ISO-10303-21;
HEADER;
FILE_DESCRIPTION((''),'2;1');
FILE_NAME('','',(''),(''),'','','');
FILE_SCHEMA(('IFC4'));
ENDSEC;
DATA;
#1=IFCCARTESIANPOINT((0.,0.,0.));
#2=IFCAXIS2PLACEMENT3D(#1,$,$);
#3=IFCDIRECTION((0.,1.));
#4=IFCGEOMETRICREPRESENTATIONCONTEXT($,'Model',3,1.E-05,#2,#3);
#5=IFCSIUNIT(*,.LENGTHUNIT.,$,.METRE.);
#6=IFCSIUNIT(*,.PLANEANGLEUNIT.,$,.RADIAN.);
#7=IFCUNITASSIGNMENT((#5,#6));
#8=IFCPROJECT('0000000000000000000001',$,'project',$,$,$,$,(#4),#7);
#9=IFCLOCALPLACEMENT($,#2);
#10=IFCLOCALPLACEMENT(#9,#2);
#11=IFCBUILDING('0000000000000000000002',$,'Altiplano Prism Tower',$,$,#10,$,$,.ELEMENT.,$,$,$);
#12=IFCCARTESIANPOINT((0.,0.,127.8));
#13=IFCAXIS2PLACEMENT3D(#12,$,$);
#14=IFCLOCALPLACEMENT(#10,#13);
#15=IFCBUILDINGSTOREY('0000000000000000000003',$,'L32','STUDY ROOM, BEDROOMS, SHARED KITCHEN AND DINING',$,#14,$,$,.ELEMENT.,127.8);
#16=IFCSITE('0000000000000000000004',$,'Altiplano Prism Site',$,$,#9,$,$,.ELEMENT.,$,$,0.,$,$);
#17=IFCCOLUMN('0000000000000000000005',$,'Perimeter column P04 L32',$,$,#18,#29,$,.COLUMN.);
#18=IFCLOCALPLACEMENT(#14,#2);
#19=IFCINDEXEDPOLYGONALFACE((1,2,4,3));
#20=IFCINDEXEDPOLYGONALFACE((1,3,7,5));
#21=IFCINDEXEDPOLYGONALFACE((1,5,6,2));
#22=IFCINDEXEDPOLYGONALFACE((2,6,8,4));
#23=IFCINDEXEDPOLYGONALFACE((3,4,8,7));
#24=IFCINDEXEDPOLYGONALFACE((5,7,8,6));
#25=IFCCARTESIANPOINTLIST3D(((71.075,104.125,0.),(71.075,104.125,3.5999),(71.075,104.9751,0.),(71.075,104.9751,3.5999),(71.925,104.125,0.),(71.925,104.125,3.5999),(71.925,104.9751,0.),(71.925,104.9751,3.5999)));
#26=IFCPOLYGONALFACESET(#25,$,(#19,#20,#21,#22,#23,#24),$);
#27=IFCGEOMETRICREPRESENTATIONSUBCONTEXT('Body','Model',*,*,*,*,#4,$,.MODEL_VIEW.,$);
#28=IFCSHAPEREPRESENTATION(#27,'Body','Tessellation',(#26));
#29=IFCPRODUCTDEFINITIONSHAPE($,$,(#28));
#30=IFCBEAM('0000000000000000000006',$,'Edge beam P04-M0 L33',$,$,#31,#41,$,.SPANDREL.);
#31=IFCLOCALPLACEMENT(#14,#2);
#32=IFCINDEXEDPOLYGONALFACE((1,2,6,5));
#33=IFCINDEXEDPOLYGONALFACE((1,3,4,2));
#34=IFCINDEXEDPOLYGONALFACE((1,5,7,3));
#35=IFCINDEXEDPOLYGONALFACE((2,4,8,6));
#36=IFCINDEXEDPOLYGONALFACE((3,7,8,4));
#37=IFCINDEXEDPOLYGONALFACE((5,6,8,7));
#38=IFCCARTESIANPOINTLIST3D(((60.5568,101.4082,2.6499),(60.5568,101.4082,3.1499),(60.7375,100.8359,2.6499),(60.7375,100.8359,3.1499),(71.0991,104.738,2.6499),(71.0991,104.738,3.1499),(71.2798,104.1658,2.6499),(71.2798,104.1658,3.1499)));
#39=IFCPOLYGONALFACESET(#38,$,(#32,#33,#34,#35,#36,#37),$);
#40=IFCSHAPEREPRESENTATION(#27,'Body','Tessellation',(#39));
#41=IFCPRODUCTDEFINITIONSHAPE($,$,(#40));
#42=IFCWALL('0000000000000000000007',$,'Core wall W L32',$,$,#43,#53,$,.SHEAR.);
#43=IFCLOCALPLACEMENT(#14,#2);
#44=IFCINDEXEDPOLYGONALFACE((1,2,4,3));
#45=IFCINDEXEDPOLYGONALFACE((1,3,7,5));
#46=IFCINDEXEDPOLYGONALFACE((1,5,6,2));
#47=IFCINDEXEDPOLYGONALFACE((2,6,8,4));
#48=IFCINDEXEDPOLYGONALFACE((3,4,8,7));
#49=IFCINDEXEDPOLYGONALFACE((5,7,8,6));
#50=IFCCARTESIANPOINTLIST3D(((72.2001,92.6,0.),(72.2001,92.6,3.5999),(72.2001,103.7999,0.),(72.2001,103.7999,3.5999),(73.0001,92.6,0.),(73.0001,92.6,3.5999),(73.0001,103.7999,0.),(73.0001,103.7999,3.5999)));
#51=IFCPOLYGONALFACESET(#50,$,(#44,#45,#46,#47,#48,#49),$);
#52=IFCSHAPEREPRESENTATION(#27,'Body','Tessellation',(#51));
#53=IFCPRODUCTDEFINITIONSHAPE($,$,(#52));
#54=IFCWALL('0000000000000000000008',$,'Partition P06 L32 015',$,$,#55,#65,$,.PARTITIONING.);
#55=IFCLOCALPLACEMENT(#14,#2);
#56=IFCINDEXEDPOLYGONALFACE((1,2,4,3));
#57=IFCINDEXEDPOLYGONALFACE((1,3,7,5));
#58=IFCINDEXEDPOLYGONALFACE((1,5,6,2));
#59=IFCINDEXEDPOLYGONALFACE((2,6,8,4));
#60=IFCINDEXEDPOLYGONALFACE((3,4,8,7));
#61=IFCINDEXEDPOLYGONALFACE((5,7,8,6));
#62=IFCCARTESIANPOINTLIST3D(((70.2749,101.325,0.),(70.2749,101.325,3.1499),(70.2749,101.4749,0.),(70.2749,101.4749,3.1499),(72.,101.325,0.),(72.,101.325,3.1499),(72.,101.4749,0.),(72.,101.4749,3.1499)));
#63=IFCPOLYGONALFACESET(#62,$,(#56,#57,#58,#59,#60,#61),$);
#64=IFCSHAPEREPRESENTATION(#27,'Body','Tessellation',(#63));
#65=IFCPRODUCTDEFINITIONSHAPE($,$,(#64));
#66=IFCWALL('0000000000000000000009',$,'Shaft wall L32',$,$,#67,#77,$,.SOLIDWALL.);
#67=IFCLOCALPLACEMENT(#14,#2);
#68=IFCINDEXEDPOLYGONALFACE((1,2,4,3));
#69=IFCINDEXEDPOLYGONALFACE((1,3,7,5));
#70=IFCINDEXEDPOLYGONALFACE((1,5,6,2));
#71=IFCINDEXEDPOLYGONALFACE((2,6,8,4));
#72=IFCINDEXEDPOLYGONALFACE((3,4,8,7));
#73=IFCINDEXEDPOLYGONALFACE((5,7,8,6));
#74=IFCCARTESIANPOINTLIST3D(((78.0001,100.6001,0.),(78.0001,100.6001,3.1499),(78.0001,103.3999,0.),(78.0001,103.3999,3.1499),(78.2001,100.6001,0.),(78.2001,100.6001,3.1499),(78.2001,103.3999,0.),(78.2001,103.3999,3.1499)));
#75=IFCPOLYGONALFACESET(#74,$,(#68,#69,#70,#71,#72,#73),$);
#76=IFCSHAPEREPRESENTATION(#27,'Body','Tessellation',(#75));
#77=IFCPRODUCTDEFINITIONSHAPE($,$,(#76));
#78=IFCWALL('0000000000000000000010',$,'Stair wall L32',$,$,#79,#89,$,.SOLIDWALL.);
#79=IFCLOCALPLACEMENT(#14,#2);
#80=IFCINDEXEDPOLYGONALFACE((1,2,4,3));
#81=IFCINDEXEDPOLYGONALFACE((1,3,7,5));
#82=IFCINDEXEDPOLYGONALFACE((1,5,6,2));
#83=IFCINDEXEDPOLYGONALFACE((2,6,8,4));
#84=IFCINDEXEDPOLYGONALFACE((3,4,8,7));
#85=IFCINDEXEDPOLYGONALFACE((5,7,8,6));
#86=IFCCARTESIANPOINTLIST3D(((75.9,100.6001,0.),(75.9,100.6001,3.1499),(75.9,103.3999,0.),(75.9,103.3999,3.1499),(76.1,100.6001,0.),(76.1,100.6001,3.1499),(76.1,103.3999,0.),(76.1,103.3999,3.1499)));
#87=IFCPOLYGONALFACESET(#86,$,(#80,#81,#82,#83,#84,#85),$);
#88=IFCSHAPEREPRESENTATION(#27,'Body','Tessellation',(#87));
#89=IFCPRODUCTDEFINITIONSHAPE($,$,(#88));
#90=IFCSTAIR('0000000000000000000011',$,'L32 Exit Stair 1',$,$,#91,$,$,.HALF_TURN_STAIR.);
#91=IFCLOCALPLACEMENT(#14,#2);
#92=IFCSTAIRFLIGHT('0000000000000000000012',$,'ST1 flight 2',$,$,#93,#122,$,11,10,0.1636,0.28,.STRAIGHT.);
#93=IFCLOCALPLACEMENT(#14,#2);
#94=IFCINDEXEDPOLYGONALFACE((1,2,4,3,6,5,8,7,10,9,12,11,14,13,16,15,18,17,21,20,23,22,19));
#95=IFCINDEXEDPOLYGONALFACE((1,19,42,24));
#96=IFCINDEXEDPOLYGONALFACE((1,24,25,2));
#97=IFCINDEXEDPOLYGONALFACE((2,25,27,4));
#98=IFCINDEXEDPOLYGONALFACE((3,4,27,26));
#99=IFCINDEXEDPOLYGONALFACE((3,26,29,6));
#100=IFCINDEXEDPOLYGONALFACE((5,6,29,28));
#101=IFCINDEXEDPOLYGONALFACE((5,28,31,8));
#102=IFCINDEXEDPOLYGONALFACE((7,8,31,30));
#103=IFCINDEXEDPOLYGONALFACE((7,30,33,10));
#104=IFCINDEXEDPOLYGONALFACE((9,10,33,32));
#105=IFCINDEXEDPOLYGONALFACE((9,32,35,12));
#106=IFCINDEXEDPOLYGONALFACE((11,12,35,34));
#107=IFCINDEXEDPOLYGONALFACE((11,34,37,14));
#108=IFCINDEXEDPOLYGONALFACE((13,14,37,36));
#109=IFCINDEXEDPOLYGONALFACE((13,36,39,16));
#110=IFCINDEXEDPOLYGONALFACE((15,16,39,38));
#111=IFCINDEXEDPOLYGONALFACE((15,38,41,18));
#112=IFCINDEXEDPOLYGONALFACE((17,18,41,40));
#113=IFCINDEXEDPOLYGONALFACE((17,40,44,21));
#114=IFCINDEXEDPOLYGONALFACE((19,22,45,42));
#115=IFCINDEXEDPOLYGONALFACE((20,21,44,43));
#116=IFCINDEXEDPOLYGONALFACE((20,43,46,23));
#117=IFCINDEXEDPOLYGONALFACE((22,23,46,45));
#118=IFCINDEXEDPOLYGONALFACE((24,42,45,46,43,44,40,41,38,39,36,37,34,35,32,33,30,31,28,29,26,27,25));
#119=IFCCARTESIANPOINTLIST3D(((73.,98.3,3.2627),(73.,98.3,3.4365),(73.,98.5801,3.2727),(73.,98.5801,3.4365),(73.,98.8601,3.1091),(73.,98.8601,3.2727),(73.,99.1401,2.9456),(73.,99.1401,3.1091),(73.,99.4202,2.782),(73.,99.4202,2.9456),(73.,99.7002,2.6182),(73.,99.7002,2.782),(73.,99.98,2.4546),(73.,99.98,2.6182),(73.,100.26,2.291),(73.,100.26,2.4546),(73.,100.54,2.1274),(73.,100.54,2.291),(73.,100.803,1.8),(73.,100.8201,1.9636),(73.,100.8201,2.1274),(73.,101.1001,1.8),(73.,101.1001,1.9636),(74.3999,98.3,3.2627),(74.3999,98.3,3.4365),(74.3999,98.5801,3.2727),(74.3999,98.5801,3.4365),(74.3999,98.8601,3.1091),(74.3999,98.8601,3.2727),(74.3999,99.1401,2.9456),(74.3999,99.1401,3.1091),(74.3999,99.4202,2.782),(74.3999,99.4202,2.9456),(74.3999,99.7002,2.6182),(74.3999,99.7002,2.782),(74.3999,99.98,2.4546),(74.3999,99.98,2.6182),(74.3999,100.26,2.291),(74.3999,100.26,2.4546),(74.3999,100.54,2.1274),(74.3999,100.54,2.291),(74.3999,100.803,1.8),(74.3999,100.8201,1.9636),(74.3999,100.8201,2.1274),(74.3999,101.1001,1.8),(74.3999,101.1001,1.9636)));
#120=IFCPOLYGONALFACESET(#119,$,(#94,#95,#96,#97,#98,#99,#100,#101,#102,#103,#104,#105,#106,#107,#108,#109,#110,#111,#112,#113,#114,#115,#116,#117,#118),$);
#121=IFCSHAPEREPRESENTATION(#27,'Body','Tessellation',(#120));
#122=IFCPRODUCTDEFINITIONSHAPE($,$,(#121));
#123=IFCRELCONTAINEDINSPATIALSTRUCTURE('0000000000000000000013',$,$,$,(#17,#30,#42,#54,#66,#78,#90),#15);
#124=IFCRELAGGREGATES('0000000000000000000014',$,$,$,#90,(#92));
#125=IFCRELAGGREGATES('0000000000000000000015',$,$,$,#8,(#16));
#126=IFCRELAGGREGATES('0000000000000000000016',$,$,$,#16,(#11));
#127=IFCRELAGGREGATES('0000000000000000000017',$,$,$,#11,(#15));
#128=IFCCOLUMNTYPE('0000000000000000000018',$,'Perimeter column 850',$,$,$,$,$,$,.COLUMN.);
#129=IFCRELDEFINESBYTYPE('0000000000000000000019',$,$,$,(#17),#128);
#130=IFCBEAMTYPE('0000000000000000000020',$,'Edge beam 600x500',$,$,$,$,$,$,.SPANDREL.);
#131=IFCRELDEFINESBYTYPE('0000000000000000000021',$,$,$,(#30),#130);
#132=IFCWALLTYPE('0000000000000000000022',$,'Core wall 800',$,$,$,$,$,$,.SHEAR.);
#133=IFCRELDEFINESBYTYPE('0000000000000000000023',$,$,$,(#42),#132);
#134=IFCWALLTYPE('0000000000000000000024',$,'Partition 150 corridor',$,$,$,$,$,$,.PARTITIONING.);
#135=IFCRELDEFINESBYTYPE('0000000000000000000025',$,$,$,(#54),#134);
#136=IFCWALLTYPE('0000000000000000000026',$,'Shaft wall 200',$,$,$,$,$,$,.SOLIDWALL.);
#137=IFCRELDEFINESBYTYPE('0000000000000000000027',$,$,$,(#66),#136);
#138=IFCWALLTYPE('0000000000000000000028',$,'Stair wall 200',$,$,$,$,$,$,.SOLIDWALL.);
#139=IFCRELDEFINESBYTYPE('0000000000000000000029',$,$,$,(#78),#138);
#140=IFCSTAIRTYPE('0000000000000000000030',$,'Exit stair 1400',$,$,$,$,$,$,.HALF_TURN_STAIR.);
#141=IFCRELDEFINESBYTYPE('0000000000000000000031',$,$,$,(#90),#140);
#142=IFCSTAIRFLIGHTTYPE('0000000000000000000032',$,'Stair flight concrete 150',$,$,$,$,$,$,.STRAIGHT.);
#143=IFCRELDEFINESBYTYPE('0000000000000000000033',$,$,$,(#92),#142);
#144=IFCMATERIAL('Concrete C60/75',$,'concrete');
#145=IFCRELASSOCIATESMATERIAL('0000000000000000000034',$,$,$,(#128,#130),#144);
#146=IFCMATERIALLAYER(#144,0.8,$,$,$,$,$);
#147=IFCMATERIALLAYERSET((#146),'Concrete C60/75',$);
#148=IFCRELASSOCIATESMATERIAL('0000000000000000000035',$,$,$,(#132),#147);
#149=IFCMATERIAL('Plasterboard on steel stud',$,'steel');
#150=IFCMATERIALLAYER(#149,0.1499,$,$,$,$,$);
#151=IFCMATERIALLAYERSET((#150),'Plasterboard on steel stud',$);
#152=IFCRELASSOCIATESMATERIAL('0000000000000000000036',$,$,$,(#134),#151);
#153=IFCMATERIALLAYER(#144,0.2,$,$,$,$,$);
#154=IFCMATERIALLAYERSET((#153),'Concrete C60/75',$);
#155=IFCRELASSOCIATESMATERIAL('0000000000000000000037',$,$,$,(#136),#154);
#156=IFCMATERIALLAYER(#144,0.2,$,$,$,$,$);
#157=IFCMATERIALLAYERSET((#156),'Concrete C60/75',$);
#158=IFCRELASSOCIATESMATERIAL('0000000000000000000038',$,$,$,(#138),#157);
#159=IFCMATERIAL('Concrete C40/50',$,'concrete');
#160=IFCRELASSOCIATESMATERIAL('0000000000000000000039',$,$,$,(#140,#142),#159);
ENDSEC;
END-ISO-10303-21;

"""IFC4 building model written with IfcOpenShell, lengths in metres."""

from ifc_helpers import new_model, si_unit, direction, frame, frame_2d, origin, origin_2d, place, context, subcontext, project, spatial, polyline, rectangle, outline, extrude, material, layer, layer_set, material_profile, profile_set, type_object, element, aggregate, save


model = new_model("IFC4")

# Units and contexts
model_context = context("Model", 3, precision=1e-05, world=origin(), true_north=direction((0.0, 1.0)))
body_context = subcontext(model_context, "Body", "Model", "MODEL_VIEW")
ifc_project = project(units=[si_unit("LENGTHUNIT", "METRE"), si_unit("PLANEANGLEUNIT", "RADIAN")], contexts=[model_context])

# Site, building, storey
site_placement = place(None, origin())
site = spatial("IfcSite", under=ifc_project, at=site_placement, Name="Altiplano Prism Site", CompositionType="ELEMENT", RefElevation=0.0)
building_placement = place(site_placement, origin())
building = spatial("IfcBuilding", under=site, at=building_placement, Name="Altiplano Prism Tower", CompositionType="ELEMENT")
storey_placement = place(building_placement, frame((0.0, 0.0, 127.8)))
storey = spatial("IfcBuildingStorey", under=building, at=storey_placement, Name="L32", Description="STUDY ROOM, BEDROOMS, SHARED KITCHEN AND DINING", CompositionType="ELEMENT", Elevation=127.8)

# Column
ifc_material_1 = material(Name="Concrete C60/75", Category="concrete")
ifc_material_profile_1 = material_profile(ifc_material_1, rectangle(XDim=0.8501, YDim=0.8501, at=origin_2d()), Name="Perimeter column 850")
ifc_profile_set_1 = profile_set([ifc_material_profile_1], Name="Concrete C60/75")
column_type = type_object("IfcColumnType", Name="Perimeter column 850", PredefinedType="COLUMN", material=ifc_profile_set_1)
column_placement = place(storey_placement, frame((71.5, 104.55, 0.0), z_axis=(0.0, 0.0, 1.0), x_axis=(1.0, 0.0, 0.0)))
element("IfcColumn", 1, at=column_placement, inside=storey, type_object=column_type, Name="Perimeter column P04 L32", PredefinedType="COLUMN", context=body_context, shape_type="SweptSolid", body=[
    extrude(rectangle(XDim=0.8501, YDim=0.8501, at=origin_2d()), origin(), (0.0, 0.0, 1.0), 3.5999),
])

# Beam
ifc_material_profile_2 = material_profile(ifc_material_1, rectangle(XDim=0.6001, YDim=0.5, at=origin_2d()), Name="Edge beam 600x500")
ifc_profile_set_2 = profile_set([ifc_material_profile_2], Name="Concrete C60/75")
beam_type = type_object("IfcBeamType", Name="Edge beam 600x500", PredefinedType="SPANDREL", material=ifc_profile_set_2)
beam_placement = place(storey_placement, frame((71.1895, 104.4519, 2.8999), z_axis=(-0.953564, -0.301189, 0.0), x_axis=(0.301189, -0.953564, 0.0)))
element("IfcBeam", 2, at=beam_placement, inside=storey, type_object=beam_type, Name="Edge beam P04-M0 L33", PredefinedType="SPANDREL", context=body_context, shape_type="SweptSolid", body=[
    extrude(rectangle(XDim=0.6001, YDim=0.5, at=origin_2d()), origin(), (0.0, 0.0, 1.0), 11.0557),
])

# Walls
ifc_layer_1 = layer(ifc_material_1, 0.8)
ifc_layer_set_1 = layer_set([ifc_layer_1], Name="Concrete C60/75")
wall_type_1 = type_object("IfcWallType", Name="Core wall 800", PredefinedType="SHEAR", material=ifc_layer_set_1)
wall_1_placement = place(storey_placement, frame((72.6001, 103.8, 0.0), z_axis=(0.0, 0.0, 1.0), x_axis=(0.0, -1.0, 0.0)))
element("IfcWall", 3, at=wall_1_placement, inside=storey, type_object=wall_type_1, Name="Core wall W L32", PredefinedType="SHEAR", context=body_context, shape_type="SweptSolid", body=[
    extrude(rectangle(XDim=11.2, YDim=0.8, at=frame_2d((5.6001, 0.0))), origin(), (0.0, 0.0, 1.0), 3.5999),
])
ifc_material_2 = material(Name="Plasterboard on steel stud", Category="steel")
ifc_layer_2 = layer(ifc_material_2, 0.1499)
ifc_layer_set_2 = layer_set([ifc_layer_2], Name="Plasterboard on steel stud")
wall_type_2 = type_object("IfcWallType", Name="Partition 150 corridor", PredefinedType="PARTITIONING", material=ifc_layer_set_2)
wall_2_placement = place(storey_placement, frame((72.0, 101.3999, 0.0), z_axis=(0.0, 0.0, 1.0), x_axis=(-1.0, 0.0, 0.0)))
element("IfcWall", 4, at=wall_2_placement, inside=storey, type_object=wall_type_2, Name="Partition P06 L32 015", PredefinedType="PARTITIONING", context=body_context, shape_type="SweptSolid", body=[
    extrude(rectangle(XDim=1.7251, YDim=0.1499, at=frame_2d((0.8625, 0.0))), origin(), (0.0, 0.0, 1.0), 3.1499),
])
ifc_layer_3 = layer(ifc_material_1, 0.2)
ifc_layer_set_3 = layer_set([ifc_layer_3], Name="Concrete C60/75")
wall_type_3 = type_object("IfcWallType", Name="Shaft wall 200", PredefinedType="SOLIDWALL", material=ifc_layer_set_3)
wall_3_placement = place(storey_placement, frame((78.1001, 100.6001, 0.0), z_axis=(0.0, 0.0, 1.0), x_axis=(0.0, 1.0, 0.0)))
element("IfcWall", 5, at=wall_3_placement, inside=storey, type_object=wall_type_3, Name="Shaft wall L32", PredefinedType="SOLIDWALL", context=body_context, shape_type="SweptSolid", body=[
    extrude(rectangle(XDim=2.7998, YDim=0.2, at=frame_2d((1.3999, 0.0))), origin(), (0.0, 0.0, 1.0), 3.1499),
])
ifc_layer_4 = layer(ifc_material_1, 0.2)
ifc_layer_set_4 = layer_set([ifc_layer_4], Name="Concrete C60/75")
wall_type_4 = type_object("IfcWallType", Name="Stair wall 200", PredefinedType="SOLIDWALL", material=ifc_layer_set_4)
wall_4_placement = place(storey_placement, frame((76.0, 100.6001, 0.0), z_axis=(0.0, 0.0, 1.0), x_axis=(0.0, 1.0, 0.0)))
element("IfcWall", 6, at=wall_4_placement, inside=storey, type_object=wall_type_4, Name="Stair wall L32", PredefinedType="SOLIDWALL", context=body_context, shape_type="SweptSolid", body=[
    extrude(rectangle(XDim=2.7998, YDim=0.2, at=frame_2d((1.3999, 0.0))), origin(), (0.0, 0.0, 1.0), 3.1499),
])

# Stair, stair flight
ifc_material_3 = material(Name="Concrete C40/50", Category="concrete")
stair_type = type_object("IfcStairType", Name="Exit stair 1400", PredefinedType="HALF_TURN_STAIR", material=ifc_material_3)
stair_placement = place(storey_placement, origin())
stair = element("IfcStair", 7, at=stair_placement, inside=storey, type_object=stair_type, Name="L32 Exit Stair 1", PredefinedType="HALF_TURN_STAIR")
stair_flight_type = type_object("IfcStairFlightType", Name="Stair flight concrete 150", PredefinedType="STRAIGHT", material=ifc_material_3)
stair_flight_placement = place(storey_placement, frame((73.7, 101.1001, 1.8), z_axis=(0.0, 0.0, 1.0), x_axis=(0.0, -1.0, 0.0)))
stair_flight = element("IfcStairFlight", 8, at=stair_flight_placement, type_object=stair_flight_type, Name="ST1 flight 2", NumberOfRisers=11, NumberOfTreads=10, PredefinedType="STRAIGHT", RiserHeight=0.1636, TreadLength=0.28, context=body_context, shape_type="SweptSolid", body=[
    extrude(outline(polyline([(0.0, 0.0), (0.0, 0.1636), (0.28, 0.1636), (0.28, 0.3274), (0.5601, 0.3274), (0.5601, 0.491), (0.8401, 0.491), (0.8401, 0.6545), (1.1201, 0.6545), (1.1201, 0.8181), (1.3999, 0.8181), (1.3999, 0.9819), (1.6799, 0.9819), (1.6799, 1.1455), (1.96, 1.1455), (1.96, 1.3091), (2.24, 1.3091), (2.24, 1.4727), (2.52, 1.4727), (2.52, 1.6365), (2.8, 1.6365), (2.8, 1.8), (2.8, 1.4626), (0.2971, 0.0), (0.0, 0.0)])), frame((0.0, 0.7, 0.0), z_axis=(0.0, -1.0, 0.0), x_axis=(1.0, 0.0, 0.0)), (0.0, 0.0, 1.0), 1.3999),
])
aggregate(stair, [stair_flight])

save(model, "model.ifc")
